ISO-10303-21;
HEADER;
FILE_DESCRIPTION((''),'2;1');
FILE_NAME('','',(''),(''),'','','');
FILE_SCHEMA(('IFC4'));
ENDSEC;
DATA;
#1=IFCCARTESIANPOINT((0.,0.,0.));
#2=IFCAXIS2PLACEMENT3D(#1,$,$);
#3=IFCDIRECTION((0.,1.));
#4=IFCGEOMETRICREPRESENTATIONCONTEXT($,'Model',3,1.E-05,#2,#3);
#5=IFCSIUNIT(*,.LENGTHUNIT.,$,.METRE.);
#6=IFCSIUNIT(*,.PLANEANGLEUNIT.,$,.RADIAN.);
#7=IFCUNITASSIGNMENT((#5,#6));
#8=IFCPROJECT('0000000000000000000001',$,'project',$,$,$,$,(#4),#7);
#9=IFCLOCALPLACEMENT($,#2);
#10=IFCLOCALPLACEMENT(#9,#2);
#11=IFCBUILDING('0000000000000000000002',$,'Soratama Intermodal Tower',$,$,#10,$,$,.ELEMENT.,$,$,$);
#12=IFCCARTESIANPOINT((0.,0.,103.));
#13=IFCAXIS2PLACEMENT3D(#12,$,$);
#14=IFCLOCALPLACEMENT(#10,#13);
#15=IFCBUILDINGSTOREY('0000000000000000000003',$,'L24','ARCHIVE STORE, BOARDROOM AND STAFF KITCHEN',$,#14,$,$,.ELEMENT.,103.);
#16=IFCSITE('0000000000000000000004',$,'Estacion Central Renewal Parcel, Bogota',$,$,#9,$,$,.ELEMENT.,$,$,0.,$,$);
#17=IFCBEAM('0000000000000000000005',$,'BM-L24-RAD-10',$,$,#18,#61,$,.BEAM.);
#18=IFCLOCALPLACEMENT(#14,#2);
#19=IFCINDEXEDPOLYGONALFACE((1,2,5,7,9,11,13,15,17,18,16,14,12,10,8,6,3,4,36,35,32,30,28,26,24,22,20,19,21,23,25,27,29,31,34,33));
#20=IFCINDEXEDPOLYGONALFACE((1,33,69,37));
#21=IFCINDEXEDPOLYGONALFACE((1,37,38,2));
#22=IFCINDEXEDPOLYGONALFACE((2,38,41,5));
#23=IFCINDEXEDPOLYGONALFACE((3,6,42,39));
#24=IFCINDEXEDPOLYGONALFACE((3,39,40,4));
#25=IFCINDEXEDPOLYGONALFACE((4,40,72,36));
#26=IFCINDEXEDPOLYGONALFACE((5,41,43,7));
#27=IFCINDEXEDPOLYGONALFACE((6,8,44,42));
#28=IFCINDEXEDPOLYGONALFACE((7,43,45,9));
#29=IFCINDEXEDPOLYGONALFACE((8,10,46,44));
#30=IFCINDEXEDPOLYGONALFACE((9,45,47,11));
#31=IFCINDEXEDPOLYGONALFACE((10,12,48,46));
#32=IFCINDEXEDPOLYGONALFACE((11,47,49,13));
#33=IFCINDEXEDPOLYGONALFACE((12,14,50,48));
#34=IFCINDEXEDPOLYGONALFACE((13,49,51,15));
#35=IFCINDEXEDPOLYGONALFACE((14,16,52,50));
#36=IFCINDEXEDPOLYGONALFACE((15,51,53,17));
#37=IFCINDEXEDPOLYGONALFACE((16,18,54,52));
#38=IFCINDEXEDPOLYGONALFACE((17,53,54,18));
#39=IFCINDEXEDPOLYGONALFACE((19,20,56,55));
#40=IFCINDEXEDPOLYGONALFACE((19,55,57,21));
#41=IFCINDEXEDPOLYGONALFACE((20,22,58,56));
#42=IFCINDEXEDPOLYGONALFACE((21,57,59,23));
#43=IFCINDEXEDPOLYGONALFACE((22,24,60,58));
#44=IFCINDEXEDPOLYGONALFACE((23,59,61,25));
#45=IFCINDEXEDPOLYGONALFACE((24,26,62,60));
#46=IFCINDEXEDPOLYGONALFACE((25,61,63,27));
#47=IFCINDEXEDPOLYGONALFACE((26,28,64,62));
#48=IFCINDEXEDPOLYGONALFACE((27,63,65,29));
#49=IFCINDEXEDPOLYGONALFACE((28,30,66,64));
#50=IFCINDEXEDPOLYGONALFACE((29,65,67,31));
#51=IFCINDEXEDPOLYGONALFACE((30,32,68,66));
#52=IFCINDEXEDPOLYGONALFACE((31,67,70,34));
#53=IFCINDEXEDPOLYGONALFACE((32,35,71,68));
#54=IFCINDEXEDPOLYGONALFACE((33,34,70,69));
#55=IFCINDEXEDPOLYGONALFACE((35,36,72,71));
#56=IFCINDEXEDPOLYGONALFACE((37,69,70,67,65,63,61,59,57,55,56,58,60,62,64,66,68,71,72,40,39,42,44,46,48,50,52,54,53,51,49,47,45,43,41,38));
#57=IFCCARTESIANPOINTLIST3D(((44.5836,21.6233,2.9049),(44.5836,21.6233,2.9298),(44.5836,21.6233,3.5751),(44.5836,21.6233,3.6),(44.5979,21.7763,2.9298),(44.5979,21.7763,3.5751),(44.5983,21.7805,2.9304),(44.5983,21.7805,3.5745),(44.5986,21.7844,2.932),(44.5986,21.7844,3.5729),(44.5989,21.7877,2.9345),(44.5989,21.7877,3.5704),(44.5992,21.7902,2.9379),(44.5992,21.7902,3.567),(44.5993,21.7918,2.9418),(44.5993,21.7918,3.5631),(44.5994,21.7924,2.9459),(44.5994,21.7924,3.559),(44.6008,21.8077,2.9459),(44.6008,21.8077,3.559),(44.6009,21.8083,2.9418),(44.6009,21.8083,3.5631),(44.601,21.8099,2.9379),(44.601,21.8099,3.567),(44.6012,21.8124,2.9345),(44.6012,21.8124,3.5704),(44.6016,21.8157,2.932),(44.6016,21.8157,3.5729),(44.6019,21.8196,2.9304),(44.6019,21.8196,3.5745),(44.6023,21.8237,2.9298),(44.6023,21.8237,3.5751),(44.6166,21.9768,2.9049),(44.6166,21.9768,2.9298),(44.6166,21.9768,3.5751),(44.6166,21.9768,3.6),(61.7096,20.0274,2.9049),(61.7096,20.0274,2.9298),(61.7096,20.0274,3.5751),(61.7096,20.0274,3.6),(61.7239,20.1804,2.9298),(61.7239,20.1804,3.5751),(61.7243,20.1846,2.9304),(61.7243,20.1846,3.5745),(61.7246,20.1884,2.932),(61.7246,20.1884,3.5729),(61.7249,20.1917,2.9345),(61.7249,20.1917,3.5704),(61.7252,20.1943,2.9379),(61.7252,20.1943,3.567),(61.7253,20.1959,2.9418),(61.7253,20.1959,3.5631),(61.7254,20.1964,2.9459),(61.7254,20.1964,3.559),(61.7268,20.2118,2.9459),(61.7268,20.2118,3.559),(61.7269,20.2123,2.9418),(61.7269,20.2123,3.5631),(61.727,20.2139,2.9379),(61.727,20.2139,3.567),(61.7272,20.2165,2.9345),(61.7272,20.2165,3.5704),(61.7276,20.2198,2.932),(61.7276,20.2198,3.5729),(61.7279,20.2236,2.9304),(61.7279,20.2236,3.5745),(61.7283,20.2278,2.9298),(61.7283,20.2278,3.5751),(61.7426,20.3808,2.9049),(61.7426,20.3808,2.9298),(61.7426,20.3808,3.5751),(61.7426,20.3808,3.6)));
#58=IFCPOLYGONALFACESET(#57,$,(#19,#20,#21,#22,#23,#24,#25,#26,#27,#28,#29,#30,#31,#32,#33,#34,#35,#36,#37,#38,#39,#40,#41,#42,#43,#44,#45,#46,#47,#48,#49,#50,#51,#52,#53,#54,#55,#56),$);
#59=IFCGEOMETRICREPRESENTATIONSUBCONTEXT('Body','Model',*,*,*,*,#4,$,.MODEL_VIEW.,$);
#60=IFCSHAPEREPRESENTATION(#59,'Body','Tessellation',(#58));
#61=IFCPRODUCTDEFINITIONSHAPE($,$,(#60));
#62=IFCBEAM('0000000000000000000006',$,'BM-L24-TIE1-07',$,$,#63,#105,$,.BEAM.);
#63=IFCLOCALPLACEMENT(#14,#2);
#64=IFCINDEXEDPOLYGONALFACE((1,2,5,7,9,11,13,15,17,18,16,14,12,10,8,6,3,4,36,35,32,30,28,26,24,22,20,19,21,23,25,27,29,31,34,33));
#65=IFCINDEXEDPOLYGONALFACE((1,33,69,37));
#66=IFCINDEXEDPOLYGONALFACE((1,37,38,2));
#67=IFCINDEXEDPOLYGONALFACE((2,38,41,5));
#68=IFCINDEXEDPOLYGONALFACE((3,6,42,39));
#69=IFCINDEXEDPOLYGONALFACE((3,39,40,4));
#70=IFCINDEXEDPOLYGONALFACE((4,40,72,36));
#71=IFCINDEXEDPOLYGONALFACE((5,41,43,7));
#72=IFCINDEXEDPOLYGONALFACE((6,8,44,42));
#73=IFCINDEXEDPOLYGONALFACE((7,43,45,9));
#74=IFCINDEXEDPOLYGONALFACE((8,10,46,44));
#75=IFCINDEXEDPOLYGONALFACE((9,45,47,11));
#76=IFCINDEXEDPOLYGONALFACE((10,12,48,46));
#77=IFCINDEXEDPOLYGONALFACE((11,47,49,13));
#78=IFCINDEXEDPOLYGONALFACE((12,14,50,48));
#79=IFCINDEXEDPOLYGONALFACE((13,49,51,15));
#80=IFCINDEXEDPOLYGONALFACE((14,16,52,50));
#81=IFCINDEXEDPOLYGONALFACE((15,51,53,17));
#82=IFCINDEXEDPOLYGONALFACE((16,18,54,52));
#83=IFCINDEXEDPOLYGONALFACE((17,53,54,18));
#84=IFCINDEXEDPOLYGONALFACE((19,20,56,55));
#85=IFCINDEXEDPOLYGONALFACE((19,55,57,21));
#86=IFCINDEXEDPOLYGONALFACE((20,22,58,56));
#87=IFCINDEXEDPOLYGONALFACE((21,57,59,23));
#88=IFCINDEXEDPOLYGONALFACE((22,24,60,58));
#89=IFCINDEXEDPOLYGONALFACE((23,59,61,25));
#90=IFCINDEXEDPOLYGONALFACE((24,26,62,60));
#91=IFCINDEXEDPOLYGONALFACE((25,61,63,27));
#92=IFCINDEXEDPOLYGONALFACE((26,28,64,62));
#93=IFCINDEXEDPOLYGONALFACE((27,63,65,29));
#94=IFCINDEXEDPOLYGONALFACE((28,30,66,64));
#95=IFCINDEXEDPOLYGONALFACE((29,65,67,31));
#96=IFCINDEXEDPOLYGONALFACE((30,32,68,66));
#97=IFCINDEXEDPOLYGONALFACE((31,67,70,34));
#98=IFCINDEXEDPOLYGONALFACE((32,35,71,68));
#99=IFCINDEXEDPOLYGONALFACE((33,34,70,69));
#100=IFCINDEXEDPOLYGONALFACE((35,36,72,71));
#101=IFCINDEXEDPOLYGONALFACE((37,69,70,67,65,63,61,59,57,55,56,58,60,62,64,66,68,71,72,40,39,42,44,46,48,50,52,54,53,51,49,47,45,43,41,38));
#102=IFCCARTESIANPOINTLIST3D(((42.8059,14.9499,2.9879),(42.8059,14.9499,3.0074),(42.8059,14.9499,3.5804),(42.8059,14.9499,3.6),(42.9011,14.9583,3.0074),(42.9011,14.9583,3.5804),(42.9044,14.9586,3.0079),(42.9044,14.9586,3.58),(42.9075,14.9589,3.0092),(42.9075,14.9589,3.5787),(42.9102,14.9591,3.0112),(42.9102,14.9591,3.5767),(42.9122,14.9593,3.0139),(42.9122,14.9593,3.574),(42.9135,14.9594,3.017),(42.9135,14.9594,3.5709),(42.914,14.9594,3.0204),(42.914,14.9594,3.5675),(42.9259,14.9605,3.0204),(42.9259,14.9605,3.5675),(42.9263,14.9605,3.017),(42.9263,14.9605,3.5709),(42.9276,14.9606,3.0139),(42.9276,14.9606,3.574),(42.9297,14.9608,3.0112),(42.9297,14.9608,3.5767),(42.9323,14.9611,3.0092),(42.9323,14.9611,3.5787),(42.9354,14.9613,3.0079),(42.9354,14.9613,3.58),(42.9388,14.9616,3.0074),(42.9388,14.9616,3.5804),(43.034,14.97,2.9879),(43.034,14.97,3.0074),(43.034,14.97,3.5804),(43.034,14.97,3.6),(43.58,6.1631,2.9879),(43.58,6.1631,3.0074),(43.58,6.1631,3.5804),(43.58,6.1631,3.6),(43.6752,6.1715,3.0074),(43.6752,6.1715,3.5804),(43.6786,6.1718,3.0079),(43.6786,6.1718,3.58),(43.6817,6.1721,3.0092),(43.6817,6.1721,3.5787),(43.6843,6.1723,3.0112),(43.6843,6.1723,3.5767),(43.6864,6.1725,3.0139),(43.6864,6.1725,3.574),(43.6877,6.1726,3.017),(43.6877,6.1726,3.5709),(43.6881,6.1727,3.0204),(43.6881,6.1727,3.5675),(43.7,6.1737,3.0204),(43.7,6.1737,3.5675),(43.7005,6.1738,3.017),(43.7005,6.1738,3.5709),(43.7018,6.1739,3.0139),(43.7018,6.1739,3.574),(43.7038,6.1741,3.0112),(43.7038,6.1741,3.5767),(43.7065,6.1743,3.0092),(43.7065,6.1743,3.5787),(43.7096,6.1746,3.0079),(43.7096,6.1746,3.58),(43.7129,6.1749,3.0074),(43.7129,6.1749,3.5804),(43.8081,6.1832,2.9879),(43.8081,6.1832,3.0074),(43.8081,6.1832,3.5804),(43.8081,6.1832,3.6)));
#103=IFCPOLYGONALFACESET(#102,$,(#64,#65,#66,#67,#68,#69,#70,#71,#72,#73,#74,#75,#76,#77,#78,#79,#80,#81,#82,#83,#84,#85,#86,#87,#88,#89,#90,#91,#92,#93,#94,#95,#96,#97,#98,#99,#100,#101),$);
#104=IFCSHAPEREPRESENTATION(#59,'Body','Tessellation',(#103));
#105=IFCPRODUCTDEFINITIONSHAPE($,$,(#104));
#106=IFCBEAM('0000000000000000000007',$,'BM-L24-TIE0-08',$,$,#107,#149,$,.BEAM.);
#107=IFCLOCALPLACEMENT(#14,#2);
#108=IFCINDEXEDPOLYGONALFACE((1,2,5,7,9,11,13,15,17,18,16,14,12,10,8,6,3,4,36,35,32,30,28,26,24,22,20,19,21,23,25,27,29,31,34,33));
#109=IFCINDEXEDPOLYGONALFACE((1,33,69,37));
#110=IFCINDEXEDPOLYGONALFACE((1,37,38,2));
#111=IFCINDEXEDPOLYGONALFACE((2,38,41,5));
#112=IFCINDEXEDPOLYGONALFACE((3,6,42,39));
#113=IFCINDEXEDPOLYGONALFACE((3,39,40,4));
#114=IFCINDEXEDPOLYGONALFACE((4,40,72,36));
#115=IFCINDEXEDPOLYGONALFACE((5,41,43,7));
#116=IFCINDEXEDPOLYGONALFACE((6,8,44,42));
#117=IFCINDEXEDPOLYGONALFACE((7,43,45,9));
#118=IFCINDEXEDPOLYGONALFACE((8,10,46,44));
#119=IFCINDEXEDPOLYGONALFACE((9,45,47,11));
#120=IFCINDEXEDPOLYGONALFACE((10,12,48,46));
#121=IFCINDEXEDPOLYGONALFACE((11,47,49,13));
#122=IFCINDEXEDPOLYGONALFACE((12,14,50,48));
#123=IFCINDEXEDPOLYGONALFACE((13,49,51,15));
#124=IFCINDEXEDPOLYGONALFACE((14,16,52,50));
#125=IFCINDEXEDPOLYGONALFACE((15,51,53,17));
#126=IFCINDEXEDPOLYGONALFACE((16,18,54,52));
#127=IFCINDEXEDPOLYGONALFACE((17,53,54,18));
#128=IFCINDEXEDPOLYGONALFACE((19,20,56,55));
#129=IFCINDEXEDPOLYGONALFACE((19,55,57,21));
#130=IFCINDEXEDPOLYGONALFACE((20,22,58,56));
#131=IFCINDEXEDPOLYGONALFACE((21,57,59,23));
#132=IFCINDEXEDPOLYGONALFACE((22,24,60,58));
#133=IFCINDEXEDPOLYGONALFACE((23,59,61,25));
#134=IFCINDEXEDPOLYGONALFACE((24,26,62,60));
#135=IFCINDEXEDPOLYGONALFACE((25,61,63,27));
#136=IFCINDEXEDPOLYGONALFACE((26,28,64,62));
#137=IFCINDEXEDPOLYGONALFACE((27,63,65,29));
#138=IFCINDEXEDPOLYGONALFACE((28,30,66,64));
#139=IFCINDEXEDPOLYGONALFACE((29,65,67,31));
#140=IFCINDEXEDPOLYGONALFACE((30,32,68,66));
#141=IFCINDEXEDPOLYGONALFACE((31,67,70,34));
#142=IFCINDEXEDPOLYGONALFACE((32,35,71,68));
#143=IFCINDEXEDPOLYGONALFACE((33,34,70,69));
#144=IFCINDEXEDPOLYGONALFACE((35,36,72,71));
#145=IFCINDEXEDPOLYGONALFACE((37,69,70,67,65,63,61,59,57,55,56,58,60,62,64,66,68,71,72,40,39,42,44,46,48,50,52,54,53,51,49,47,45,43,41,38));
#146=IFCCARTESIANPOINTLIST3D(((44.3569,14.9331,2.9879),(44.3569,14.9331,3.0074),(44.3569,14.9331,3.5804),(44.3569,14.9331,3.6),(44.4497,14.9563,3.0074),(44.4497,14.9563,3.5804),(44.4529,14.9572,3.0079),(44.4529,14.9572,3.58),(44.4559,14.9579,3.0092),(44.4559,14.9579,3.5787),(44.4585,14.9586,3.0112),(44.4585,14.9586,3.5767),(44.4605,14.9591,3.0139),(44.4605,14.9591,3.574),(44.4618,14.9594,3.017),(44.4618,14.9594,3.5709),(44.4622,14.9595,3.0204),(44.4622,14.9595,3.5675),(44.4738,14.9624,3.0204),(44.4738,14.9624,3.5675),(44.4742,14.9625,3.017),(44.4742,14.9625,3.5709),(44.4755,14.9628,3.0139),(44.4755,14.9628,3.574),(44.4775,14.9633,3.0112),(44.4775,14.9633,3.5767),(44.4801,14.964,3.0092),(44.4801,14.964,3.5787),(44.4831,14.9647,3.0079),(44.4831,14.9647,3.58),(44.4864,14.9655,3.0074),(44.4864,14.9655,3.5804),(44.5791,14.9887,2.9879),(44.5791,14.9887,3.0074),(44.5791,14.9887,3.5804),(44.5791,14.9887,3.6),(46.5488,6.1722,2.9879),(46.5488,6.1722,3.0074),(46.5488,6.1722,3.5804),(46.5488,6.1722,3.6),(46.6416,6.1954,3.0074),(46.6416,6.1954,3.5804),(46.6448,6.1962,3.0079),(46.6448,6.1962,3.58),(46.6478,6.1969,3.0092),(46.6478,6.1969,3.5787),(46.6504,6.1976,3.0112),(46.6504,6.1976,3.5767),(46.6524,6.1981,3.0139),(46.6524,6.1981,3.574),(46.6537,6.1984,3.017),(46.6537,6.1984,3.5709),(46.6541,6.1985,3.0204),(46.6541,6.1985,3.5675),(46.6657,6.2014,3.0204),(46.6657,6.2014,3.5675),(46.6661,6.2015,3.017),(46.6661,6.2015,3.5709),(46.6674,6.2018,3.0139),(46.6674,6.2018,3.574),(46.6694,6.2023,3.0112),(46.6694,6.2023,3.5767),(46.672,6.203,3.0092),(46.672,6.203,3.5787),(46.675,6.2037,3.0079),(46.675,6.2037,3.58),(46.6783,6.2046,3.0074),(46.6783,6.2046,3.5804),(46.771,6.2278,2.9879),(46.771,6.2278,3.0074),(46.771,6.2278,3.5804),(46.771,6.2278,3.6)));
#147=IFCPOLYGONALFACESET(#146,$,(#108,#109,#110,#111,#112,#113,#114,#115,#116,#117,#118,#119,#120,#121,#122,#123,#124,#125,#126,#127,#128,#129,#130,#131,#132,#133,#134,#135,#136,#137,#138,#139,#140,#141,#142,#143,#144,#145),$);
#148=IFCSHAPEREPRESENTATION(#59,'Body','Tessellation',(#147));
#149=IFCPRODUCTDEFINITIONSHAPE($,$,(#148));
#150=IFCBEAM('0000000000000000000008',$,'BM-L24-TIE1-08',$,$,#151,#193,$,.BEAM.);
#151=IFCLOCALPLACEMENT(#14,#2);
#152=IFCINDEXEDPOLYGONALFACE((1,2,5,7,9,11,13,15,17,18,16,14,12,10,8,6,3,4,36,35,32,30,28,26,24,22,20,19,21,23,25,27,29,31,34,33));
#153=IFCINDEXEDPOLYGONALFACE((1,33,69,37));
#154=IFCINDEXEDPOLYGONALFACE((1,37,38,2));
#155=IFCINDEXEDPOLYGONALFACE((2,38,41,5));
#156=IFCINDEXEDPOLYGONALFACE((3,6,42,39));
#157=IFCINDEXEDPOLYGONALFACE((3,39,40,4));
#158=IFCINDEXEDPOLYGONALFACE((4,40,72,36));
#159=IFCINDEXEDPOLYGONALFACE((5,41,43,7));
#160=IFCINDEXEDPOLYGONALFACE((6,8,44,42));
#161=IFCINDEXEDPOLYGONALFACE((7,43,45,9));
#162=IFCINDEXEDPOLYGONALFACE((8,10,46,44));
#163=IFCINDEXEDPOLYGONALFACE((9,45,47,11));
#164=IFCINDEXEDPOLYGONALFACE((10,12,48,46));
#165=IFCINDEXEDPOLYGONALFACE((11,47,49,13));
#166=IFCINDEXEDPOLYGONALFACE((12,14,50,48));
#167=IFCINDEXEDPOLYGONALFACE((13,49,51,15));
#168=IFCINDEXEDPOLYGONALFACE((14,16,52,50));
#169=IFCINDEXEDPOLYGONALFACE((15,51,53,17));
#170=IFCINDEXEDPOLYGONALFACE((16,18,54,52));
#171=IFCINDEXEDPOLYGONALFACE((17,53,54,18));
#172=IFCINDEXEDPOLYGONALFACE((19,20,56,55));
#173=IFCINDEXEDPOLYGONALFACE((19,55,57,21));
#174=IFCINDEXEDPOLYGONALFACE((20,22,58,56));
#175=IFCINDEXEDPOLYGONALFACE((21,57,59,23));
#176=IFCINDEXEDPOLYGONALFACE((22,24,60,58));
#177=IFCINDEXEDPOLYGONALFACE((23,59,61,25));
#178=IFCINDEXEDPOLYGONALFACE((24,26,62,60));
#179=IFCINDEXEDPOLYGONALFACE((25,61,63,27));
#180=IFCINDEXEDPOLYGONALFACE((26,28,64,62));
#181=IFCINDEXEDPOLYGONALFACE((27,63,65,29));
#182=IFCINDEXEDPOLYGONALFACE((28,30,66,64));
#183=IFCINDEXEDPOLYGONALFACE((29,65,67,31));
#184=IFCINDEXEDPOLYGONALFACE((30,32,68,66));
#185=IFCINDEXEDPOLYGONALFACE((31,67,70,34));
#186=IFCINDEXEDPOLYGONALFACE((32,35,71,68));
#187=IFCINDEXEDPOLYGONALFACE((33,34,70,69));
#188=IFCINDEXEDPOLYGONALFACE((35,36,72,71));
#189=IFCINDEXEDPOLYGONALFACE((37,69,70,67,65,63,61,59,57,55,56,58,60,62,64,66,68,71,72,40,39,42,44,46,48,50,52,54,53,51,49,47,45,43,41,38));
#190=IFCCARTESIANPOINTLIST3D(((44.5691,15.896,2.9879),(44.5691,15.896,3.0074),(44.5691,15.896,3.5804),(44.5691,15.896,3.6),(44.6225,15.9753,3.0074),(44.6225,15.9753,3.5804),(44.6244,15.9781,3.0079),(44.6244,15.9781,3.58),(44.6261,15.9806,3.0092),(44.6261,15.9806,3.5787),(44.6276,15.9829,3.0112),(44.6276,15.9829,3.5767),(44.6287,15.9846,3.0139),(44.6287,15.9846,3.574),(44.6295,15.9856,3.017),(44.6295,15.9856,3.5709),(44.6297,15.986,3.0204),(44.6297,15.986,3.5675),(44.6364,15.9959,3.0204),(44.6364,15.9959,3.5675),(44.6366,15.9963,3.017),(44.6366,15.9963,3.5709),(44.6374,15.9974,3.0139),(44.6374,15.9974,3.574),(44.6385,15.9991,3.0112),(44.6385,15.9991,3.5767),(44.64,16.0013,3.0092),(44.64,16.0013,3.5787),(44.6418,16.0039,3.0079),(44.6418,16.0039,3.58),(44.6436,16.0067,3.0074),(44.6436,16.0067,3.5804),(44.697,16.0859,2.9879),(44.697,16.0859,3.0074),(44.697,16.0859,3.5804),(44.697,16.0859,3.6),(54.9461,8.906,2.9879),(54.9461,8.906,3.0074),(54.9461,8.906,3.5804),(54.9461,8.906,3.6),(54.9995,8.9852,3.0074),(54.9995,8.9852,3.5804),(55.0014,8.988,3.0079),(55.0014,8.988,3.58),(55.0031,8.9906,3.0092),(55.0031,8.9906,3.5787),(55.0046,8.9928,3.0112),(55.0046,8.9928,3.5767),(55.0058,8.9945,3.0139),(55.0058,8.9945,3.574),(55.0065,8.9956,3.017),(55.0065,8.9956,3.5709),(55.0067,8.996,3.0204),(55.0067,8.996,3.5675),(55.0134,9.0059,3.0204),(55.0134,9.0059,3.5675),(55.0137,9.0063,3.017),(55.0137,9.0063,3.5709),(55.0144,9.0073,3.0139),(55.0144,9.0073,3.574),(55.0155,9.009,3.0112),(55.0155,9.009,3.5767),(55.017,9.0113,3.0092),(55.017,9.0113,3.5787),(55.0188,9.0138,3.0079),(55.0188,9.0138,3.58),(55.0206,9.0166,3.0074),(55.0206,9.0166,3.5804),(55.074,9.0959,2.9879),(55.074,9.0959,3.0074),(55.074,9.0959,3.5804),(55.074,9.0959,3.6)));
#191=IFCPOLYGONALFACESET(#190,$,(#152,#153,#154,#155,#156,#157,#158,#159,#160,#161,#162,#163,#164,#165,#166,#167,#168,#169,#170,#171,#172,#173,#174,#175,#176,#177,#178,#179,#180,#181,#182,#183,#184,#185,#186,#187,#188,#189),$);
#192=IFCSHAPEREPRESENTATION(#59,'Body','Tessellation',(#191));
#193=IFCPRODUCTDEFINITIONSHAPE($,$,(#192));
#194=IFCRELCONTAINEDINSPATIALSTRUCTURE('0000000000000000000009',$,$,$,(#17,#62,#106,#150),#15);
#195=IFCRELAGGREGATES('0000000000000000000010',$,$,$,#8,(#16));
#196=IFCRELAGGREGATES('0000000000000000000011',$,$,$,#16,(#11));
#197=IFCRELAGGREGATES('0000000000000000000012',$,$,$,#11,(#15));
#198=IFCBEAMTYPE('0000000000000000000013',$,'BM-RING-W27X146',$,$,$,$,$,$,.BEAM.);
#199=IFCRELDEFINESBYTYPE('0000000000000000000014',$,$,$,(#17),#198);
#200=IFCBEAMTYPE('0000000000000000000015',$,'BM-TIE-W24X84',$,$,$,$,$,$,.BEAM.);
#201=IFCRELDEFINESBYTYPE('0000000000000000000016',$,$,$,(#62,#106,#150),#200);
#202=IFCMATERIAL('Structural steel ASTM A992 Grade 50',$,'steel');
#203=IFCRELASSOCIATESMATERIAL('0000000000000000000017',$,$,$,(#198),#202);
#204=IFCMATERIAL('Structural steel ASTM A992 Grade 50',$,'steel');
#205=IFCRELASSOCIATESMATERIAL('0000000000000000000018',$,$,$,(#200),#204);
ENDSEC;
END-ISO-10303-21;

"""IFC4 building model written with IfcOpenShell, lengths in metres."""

from ifc_helpers import new_model, si_unit, direction, frame, origin, origin_2d, place, context, subcontext, project, spatial, i_section, extrude, material, material_profile, profile_set, type_object, element, save


model = new_model("IFC4")

# Units and contexts
model_context = context("Model", 3, precision=1e-05, world=origin(), true_north=direction((0.0, 1.0)))
body_context = subcontext(model_context, "Body", "Model", "MODEL_VIEW")
ifc_project = project(units=[si_unit("LENGTHUNIT", "METRE"), si_unit("PLANEANGLEUNIT", "RADIAN")], contexts=[model_context])

# Site, building, storey
site_placement = place(None, origin())
site = spatial("IfcSite", under=ifc_project, at=site_placement, Name="Estacion Central Renewal Parcel, Bogota", CompositionType="ELEMENT", RefElevation=0.0)
building_placement = place(site_placement, origin())
building = spatial("IfcBuilding", under=site, at=building_placement, Name="Soratama Intermodal Tower", CompositionType="ELEMENT")
storey_placement = place(building_placement, frame((0.0, 0.0, 103.0)))
storey = spatial("IfcBuildingStorey", under=building, at=storey_placement, Name="L24", Description="ARCHIVE STORE, BOARDROOM AND STAFF KITCHEN", CompositionType="ELEMENT", Elevation=103.0)

# Beams
ifc_material_1 = material(Name="Structural steel ASTM A992 Grade 50", Category="steel")
ifc_material_profile_1 = material_profile(ifc_material_1, i_section(OverallWidth=0.355, OverallDepth=0.6951, WebThickness=0.0154, FlangeThickness=0.0249, FilletRadius=0.0161, at=origin_2d()), Name="W27X146")
ifc_profile_set_1 = profile_set([ifc_material_profile_1], Name="Structural steel ASTM A992 Grade 50")
beam_type_1 = type_object("IfcBeamType", Name="BM-RING-W27X146", PredefinedType="BEAM", material=ifc_profile_set_1)
beam_1_placement = place(storey_placement, frame((44.6001, 21.8, 3.2524), z_axis=(0.995686, -0.092787, 0.0), x_axis=(0.092787, 0.995686, 0.0)))
element("IfcBeam", 1, at=beam_1_placement, inside=storey, type_object=beam_type_1, Name="BM-L24-RAD-10", PredefinedType="BEAM", context=body_context, shape_type="SweptSolid", body=[
    extrude(i_section(OverallWidth=0.355, OverallDepth=0.6951, WebThickness=0.0154, FlangeThickness=0.0249, FilletRadius=0.0161, at=origin_2d()), origin(), (0.0, 0.0, 1.0), 17.2002),
])
ifc_material_2 = material(Name="Structural steel ASTM A992 Grade 50", Category="steel")
ifc_material_profile_2 = material_profile(ifc_material_2, i_section(OverallWidth=0.229, OverallDepth=0.6121, WebThickness=0.012, FlangeThickness=0.0195, FilletRadius=0.0129, at=origin_2d()), Name="W24X84")
ifc_profile_set_2 = profile_set([ifc_material_profile_2], Name="Structural steel ASTM A992 Grade 50")
beam_type_2 = type_object("IfcBeamType", Name="BM-TIE-W24X84", PredefinedType="BEAM", material=ifc_profile_set_2)
beam_2_placement = place(storey_placement, frame((42.9199, 14.96, 3.2939), z_axis=(0.087765, -0.996141, 0.0), x_axis=(0.996141, 0.087765, 0.0)))
element("IfcBeam", 2, at=beam_2_placement, inside=storey, type_object=beam_type_2, Name="BM-L24-TIE1-07", PredefinedType="BEAM", context=body_context, shape_type="SweptSolid", body=[
    extrude(i_section(OverallWidth=0.229, OverallDepth=0.6121, WebThickness=0.012, FlangeThickness=0.0195, FilletRadius=0.0129, at=origin_2d()), origin(), (0.0, 0.0, 1.0), 8.8208),
])
beam_3_placement = place(storey_placement, frame((44.468, 14.9609, 3.2939), z_axis=(0.242707, -0.9701, 0.0), x_axis=(0.9701, 0.242707, 0.0)))
element("IfcBeam", 3, at=beam_3_placement, inside=storey, type_object=beam_type_2, Name="BM-L24-TIE0-08", PredefinedType="BEAM", context=body_context, shape_type="SweptSolid", body=[
    extrude(i_section(OverallWidth=0.229, OverallDepth=0.6121, WebThickness=0.012, FlangeThickness=0.0195, FilletRadius=0.0129, at=origin_2d()), origin(), (0.0, 0.0, 1.0), 9.031),
])
beam_4_placement = place(storey_placement, frame((44.6331, 15.991, 3.2939), z_axis=(0.829384, -0.558679, 0.0), x_axis=(0.558679, 0.829384, 0.0)))
element("IfcBeam", 4, at=beam_4_placement, inside=storey, type_object=beam_type_2, Name="BM-L24-TIE1-08", PredefinedType="BEAM", context=body_context, shape_type="SweptSolid", body=[
    extrude(i_section(OverallWidth=0.229, OverallDepth=0.6121, WebThickness=0.012, FlangeThickness=0.0195, FilletRadius=0.0129, at=origin_2d()), origin(), (0.0, 0.0, 1.0), 12.5117),
])

save(model, "model.ifc")
